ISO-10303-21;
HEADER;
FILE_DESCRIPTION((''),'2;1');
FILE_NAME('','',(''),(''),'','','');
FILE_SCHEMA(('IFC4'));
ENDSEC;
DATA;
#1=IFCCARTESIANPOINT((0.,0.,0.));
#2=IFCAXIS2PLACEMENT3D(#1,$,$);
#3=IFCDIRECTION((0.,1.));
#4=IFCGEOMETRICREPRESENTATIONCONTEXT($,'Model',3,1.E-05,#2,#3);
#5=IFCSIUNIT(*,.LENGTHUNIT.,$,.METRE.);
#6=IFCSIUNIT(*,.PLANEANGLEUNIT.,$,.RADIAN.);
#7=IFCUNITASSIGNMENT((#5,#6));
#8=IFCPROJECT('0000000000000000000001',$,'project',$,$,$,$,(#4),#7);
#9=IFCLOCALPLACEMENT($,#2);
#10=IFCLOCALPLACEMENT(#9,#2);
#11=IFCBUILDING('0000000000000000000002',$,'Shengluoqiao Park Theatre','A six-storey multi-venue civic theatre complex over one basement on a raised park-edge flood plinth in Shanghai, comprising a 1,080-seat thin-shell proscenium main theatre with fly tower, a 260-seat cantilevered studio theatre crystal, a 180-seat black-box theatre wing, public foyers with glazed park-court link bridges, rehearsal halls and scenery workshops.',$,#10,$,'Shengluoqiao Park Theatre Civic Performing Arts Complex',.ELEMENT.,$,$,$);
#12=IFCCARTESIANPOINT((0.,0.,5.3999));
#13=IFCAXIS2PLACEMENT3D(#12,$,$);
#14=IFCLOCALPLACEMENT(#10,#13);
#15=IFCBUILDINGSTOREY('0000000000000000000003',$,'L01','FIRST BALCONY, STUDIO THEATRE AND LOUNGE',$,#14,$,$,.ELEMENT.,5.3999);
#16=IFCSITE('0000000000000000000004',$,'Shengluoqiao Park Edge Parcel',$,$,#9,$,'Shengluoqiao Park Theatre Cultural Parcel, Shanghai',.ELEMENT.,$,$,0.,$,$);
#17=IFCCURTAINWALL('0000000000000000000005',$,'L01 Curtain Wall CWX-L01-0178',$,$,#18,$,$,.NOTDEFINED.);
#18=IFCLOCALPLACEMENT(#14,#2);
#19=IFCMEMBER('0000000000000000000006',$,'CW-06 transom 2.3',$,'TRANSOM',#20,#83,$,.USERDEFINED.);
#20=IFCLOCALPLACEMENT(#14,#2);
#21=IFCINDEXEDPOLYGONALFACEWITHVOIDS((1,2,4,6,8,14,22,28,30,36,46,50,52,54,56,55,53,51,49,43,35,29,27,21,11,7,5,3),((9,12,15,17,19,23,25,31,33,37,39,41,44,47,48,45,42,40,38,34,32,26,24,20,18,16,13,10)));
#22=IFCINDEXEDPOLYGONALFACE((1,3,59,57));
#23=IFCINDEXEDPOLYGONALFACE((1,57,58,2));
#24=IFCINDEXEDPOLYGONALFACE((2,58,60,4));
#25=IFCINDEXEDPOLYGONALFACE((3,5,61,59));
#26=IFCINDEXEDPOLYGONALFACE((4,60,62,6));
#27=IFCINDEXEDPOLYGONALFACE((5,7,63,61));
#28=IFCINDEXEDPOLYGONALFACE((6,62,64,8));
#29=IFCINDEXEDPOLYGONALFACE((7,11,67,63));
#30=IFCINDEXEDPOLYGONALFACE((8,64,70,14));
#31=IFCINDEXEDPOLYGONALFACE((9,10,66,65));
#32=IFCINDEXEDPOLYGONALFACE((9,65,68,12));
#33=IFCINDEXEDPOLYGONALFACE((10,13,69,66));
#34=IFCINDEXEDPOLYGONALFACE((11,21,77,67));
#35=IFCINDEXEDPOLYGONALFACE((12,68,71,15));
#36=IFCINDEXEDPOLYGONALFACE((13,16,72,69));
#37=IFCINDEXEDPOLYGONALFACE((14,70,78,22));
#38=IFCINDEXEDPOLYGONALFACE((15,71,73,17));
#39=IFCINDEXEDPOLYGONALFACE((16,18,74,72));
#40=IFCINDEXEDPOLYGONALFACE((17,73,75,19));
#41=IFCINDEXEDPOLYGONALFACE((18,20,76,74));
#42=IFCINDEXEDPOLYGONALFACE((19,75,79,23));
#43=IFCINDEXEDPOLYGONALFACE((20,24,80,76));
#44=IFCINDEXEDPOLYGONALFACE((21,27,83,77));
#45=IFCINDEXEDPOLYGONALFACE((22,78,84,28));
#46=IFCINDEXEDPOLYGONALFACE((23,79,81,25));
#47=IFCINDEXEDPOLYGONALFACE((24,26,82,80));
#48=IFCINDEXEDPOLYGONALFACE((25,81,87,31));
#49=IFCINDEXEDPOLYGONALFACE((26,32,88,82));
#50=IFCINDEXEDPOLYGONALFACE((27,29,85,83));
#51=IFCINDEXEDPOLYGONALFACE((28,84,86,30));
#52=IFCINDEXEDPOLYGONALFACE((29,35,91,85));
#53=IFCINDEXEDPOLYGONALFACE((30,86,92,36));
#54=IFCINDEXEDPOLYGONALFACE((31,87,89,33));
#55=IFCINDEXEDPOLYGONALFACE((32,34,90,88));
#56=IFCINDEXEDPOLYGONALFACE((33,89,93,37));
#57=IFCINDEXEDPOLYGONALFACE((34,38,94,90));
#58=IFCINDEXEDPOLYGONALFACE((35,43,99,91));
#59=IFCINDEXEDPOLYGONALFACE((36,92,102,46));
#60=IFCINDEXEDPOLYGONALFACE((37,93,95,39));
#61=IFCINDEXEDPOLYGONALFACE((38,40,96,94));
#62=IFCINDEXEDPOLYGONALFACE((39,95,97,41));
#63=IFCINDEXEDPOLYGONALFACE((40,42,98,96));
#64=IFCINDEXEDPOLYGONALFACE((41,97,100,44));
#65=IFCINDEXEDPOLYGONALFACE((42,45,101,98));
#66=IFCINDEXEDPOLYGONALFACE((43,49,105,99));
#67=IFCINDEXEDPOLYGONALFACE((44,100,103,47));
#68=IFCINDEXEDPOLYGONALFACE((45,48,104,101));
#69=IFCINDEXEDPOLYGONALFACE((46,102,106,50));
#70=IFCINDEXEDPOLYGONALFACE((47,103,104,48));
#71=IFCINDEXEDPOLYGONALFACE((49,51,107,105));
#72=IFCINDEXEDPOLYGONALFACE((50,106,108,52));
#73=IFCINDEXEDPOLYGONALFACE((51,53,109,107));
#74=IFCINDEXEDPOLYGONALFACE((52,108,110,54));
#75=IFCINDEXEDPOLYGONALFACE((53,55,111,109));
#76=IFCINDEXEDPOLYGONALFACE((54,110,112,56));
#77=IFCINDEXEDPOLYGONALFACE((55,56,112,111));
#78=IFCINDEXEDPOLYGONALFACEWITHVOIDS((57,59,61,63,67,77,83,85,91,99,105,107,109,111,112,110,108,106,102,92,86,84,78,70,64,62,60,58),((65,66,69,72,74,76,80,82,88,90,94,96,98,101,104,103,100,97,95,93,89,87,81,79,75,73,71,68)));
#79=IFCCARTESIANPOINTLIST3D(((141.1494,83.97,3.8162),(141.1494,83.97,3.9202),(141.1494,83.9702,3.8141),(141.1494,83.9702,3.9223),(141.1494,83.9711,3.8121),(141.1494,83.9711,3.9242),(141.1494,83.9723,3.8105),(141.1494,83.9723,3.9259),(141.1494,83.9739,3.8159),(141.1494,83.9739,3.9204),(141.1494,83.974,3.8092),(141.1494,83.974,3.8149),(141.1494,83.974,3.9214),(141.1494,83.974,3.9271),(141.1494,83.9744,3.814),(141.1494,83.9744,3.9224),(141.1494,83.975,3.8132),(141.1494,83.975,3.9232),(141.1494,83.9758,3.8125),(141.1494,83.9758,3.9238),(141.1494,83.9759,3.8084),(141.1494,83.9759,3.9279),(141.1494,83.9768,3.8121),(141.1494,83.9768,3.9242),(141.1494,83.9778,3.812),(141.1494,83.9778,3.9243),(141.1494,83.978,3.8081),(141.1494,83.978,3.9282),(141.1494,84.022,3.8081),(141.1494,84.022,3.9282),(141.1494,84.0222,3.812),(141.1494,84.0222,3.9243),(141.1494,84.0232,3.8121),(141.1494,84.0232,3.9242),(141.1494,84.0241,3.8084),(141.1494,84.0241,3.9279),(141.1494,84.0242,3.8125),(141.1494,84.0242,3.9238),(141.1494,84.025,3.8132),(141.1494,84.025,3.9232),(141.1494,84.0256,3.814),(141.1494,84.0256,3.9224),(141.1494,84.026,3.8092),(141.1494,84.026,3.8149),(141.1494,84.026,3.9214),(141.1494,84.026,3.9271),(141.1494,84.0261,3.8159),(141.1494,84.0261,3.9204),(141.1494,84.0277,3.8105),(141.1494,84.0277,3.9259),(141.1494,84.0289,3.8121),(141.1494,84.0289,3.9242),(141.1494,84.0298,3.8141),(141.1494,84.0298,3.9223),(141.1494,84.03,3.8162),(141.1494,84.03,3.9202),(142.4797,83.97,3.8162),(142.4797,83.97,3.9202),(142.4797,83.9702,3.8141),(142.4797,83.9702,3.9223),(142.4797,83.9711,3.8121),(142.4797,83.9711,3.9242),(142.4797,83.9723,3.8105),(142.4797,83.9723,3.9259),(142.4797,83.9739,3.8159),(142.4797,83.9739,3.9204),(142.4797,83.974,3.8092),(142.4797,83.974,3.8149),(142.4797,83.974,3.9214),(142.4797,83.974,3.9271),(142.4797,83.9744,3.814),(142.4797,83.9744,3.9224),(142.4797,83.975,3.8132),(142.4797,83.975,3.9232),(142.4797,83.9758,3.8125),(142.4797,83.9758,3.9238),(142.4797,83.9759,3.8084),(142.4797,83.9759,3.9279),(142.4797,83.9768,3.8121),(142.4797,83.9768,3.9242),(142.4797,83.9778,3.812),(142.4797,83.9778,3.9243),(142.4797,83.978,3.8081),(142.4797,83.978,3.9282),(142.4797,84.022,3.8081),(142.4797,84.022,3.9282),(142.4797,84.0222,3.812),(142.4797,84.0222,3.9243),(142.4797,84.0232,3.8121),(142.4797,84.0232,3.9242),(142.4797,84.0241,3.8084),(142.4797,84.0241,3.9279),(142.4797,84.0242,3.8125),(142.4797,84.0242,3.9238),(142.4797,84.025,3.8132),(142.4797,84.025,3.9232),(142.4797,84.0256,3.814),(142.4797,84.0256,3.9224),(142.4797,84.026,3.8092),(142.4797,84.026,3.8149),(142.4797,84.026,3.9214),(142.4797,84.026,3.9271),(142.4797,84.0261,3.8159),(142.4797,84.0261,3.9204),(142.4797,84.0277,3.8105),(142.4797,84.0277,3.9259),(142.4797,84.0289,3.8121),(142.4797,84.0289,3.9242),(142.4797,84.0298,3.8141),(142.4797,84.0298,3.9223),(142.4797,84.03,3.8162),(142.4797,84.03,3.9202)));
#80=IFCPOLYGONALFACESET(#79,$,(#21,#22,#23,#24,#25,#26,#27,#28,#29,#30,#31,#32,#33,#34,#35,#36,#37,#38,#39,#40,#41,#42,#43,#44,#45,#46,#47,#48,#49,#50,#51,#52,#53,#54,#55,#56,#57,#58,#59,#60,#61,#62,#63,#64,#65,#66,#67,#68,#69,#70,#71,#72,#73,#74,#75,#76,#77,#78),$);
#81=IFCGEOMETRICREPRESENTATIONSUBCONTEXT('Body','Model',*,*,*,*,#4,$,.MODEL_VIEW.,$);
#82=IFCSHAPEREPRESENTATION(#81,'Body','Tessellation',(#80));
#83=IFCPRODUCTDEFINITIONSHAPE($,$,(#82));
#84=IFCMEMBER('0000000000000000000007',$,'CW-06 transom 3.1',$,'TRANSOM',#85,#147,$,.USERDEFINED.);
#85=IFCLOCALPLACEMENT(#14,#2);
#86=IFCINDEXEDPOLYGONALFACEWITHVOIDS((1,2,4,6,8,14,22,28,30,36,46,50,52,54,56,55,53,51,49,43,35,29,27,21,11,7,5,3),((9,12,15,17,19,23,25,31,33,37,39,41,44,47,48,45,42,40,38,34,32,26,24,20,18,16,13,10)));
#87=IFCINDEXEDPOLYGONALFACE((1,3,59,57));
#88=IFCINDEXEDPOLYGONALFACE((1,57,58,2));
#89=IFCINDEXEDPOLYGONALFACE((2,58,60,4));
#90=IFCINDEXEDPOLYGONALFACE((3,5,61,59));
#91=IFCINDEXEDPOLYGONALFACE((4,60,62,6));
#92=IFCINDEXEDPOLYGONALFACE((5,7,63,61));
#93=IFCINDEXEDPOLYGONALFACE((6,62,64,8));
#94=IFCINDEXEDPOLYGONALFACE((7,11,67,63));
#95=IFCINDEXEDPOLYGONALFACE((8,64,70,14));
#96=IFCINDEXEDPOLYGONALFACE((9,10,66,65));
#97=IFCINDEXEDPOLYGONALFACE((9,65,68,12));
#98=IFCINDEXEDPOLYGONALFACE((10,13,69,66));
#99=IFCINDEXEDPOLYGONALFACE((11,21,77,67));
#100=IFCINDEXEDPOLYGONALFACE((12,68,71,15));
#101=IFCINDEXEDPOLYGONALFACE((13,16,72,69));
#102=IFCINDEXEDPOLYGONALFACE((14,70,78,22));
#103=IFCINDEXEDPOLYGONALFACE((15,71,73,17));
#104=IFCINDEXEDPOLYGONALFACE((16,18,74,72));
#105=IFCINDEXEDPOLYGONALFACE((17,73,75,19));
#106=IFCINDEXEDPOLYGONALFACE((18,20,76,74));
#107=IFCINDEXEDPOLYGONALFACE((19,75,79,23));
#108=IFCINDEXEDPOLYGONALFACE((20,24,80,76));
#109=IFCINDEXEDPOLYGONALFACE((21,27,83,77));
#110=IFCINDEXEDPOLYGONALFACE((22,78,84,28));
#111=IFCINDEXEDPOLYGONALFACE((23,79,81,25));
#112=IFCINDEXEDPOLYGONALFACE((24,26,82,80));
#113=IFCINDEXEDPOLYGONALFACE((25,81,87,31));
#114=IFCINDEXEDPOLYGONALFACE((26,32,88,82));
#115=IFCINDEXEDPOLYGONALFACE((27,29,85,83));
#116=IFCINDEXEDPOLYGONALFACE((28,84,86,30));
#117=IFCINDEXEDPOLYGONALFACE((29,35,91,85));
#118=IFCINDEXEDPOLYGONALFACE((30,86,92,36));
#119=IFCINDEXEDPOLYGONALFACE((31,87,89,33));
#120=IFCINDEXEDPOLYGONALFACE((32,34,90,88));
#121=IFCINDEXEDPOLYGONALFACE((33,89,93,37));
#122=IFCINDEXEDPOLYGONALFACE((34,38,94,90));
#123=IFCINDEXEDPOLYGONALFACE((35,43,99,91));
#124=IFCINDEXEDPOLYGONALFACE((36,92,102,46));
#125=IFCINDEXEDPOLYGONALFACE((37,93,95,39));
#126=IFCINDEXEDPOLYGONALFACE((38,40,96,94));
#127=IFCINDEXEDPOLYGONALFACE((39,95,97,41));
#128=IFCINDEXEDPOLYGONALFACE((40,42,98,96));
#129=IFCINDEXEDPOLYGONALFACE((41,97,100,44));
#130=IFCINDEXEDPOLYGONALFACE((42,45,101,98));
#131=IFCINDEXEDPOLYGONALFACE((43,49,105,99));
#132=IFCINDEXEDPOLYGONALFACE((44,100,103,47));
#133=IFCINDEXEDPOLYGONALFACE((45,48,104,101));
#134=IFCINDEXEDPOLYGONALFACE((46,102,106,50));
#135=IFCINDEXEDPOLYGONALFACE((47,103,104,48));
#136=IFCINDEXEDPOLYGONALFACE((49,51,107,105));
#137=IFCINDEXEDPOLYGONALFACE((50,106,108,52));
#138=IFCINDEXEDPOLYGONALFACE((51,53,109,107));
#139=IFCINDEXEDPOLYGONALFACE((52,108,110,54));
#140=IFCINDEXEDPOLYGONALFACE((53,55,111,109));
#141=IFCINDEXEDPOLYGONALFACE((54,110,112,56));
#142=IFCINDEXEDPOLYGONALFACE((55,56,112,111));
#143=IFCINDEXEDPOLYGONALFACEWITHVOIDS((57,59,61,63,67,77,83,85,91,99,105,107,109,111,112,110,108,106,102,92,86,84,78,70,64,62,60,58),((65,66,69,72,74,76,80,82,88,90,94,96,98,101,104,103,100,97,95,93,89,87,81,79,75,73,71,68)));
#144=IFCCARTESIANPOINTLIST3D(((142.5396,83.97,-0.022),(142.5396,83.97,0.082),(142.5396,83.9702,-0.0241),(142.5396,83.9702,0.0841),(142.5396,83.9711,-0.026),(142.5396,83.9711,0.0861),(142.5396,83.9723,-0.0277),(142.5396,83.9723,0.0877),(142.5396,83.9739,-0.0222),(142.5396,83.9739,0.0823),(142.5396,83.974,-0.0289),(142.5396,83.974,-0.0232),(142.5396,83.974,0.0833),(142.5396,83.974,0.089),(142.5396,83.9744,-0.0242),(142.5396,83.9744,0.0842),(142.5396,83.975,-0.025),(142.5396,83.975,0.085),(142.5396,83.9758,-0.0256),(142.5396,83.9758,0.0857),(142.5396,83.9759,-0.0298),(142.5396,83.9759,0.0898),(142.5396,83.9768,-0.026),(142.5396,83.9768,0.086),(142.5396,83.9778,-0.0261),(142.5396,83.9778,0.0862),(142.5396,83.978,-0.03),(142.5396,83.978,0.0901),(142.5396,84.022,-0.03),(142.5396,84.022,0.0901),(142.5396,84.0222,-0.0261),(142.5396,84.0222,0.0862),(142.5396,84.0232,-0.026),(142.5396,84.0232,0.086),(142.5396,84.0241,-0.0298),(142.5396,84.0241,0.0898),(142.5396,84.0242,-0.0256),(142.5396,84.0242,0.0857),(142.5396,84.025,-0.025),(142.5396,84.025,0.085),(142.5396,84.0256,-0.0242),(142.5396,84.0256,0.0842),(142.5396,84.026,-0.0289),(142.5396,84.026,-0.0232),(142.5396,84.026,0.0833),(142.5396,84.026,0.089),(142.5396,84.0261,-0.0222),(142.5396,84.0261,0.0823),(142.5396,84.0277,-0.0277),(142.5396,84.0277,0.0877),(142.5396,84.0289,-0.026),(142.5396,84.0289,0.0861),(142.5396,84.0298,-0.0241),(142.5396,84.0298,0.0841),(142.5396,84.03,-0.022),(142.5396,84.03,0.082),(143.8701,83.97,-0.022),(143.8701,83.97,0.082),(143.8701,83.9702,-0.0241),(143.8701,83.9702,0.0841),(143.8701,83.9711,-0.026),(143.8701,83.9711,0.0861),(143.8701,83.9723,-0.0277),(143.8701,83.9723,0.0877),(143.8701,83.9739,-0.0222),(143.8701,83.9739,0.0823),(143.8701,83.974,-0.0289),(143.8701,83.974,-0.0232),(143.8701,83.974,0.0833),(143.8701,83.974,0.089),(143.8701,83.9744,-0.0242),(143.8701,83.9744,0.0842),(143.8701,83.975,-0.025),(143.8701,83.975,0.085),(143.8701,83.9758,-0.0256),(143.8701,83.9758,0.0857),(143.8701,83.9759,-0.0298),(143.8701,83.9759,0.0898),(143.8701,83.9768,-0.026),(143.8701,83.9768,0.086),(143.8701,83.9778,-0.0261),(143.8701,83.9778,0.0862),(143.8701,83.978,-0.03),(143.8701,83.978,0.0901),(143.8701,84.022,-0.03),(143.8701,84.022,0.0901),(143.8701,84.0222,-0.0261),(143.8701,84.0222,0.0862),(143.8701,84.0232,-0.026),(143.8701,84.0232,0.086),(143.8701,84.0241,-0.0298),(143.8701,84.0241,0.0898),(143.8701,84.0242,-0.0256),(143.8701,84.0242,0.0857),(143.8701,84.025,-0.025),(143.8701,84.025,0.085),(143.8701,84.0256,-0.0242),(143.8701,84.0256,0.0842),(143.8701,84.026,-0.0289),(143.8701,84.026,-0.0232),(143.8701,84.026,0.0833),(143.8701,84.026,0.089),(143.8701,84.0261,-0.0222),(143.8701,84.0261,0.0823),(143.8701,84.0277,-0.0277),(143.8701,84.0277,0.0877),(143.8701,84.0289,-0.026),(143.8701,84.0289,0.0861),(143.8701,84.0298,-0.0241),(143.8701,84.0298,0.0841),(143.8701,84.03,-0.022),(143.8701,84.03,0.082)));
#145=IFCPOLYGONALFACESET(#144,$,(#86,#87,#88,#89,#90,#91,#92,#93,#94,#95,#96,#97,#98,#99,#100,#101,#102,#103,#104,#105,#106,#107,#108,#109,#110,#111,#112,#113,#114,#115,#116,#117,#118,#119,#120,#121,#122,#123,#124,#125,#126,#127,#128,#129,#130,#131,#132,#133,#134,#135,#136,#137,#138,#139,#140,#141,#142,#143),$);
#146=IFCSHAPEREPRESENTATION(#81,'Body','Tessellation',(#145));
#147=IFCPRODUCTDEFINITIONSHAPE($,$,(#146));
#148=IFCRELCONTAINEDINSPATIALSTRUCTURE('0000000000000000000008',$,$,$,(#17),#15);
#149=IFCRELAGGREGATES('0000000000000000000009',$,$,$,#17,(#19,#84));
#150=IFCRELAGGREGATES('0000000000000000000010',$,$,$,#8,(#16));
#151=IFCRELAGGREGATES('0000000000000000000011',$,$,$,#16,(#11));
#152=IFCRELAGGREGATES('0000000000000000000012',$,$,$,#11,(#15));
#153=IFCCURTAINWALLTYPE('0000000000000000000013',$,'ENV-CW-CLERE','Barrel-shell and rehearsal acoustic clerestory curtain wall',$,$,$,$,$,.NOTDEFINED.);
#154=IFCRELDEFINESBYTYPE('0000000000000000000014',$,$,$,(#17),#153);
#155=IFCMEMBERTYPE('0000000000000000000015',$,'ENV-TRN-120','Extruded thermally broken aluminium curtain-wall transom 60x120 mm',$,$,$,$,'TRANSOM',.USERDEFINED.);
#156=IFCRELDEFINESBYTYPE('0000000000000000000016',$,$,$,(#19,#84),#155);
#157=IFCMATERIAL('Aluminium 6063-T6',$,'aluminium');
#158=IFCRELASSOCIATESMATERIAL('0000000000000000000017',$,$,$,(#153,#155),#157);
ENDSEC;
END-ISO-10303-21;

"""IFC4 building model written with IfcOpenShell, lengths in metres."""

from ifc_helpers import new_model, si_unit, direction, frame, origin, origin_2d, place, context, subcontext, project, spatial, hollow_rectangle, extrude, material, material_profile, profile_set, type_object, element, aggregate, save


model = new_model("IFC4")

# Units and contexts
model_context = context("Model", 3, precision=1e-05, world=origin(), true_north=direction((0.0, 1.0)))
body_context = subcontext(model_context, "Body", "Model", "MODEL_VIEW")
ifc_project = project(units=[si_unit("LENGTHUNIT", "METRE"), si_unit("PLANEANGLEUNIT", "RADIAN")], contexts=[model_context])

# Site, building, storey
site_placement = place(None, origin())
site = spatial("IfcSite", under=ifc_project, at=site_placement, Name="Shengluoqiao Park Edge Parcel", LongName="Shengluoqiao Park Theatre Cultural Parcel, Shanghai", CompositionType="ELEMENT", RefElevation=0.0)
building_placement = place(site_placement, origin())
building = spatial("IfcBuilding", under=site, at=building_placement, Name="Shengluoqiao Park Theatre", Description="A six-storey multi-venue civic theatre complex over one basement on a raised park-edge flood plinth in Shanghai, comprising a 1,080-seat thin-shell proscenium main theatre with fly tower, a 260-seat cantilevered studio theatre crystal, a 180-seat black-box theatre wing, public foyers with glazed park-court link bridges, rehearsal halls and scenery workshops.", LongName="Shengluoqiao Park Theatre Civic Performing Arts Complex", CompositionType="ELEMENT")
storey_placement = place(building_placement, frame((0.0, 0.0, 5.3999)))
storey = spatial("IfcBuildingStorey", under=building, at=storey_placement, Name="L01", Description="FIRST BALCONY, STUDIO THEATRE AND LOUNGE", CompositionType="ELEMENT", Elevation=5.3999)

# Curtain wall, members
ifc_material_1 = material(Name="Aluminium 6063-T6", Category="aluminium")
curtain_wall_type = type_object("IfcCurtainWallType", Name="ENV-CW-CLERE", Description="Barrel-shell and rehearsal acoustic clerestory curtain wall", PredefinedType="NOTDEFINED", material=ifc_material_1)
curtain_wall_placement = place(storey_placement, origin())
curtain_wall = element("IfcCurtainWall", 1, at=curtain_wall_placement, inside=storey, type_object=curtain_wall_type, Name="L01 Curtain Wall CWX-L01-0178", PredefinedType="NOTDEFINED")
ifc_material_profile_1 = material_profile(ifc_material_1, hollow_rectangle(XDim=0.0601, YDim=0.1201, WallThickness=0.0039, InnerFilletRadius=0.0039, OuterFilletRadius=0.0081, at=origin_2d()), Name="ALU TRANSOM 120x60x4")
ifc_profile_set_1 = profile_set([ifc_material_profile_1], Name="Aluminium 6063-T6")
member_type_1 = type_object("IfcMemberType", Name="ENV-TRN-120", Description="Extruded thermally broken aluminium curtain-wall transom 60x120 mm", ElementType="TRANSOM", PredefinedType="USERDEFINED", material=ifc_profile_set_1)
member_1_placement = place(storey_placement, frame((141.1494, 84.0, 3.8682), z_axis=(1.0, 0.0, 0.0), x_axis=(0.0, 1.0, 0.0)))
member_1 = element("IfcMember", 2, at=member_1_placement, type_object=member_type_1, Name="CW-06 transom 2.3", ObjectType="TRANSOM", PredefinedType="USERDEFINED", context=body_context, shape_type="SweptSolid", body=[
    extrude(hollow_rectangle(XDim=0.0601, YDim=0.1201, WallThickness=0.0039, InnerFilletRadius=0.0039, OuterFilletRadius=0.0081, at=origin_2d()), origin(), (0.0, 0.0, 1.0), 1.3303),
])
member_2_placement = place(storey_placement, frame((142.5396, 84.0, 0.03), z_axis=(1.0, 0.0, 0.0), x_axis=(0.0, 1.0, 0.0)))
member_2 = element("IfcMember", 3, at=member_2_placement, type_object=member_type_1, Name="CW-06 transom 3.1", ObjectType="TRANSOM", PredefinedType="USERDEFINED", context=body_context, shape_type="SweptSolid", body=[
    extrude(hollow_rectangle(XDim=0.0601, YDim=0.1201, WallThickness=0.0039, InnerFilletRadius=0.0039, OuterFilletRadius=0.0081, at=origin_2d()), origin(), (0.0, 0.0, 1.0), 1.3306),
])

aggregate(curtain_wall, [member_1, member_2])

save(model, "model.ifc")
